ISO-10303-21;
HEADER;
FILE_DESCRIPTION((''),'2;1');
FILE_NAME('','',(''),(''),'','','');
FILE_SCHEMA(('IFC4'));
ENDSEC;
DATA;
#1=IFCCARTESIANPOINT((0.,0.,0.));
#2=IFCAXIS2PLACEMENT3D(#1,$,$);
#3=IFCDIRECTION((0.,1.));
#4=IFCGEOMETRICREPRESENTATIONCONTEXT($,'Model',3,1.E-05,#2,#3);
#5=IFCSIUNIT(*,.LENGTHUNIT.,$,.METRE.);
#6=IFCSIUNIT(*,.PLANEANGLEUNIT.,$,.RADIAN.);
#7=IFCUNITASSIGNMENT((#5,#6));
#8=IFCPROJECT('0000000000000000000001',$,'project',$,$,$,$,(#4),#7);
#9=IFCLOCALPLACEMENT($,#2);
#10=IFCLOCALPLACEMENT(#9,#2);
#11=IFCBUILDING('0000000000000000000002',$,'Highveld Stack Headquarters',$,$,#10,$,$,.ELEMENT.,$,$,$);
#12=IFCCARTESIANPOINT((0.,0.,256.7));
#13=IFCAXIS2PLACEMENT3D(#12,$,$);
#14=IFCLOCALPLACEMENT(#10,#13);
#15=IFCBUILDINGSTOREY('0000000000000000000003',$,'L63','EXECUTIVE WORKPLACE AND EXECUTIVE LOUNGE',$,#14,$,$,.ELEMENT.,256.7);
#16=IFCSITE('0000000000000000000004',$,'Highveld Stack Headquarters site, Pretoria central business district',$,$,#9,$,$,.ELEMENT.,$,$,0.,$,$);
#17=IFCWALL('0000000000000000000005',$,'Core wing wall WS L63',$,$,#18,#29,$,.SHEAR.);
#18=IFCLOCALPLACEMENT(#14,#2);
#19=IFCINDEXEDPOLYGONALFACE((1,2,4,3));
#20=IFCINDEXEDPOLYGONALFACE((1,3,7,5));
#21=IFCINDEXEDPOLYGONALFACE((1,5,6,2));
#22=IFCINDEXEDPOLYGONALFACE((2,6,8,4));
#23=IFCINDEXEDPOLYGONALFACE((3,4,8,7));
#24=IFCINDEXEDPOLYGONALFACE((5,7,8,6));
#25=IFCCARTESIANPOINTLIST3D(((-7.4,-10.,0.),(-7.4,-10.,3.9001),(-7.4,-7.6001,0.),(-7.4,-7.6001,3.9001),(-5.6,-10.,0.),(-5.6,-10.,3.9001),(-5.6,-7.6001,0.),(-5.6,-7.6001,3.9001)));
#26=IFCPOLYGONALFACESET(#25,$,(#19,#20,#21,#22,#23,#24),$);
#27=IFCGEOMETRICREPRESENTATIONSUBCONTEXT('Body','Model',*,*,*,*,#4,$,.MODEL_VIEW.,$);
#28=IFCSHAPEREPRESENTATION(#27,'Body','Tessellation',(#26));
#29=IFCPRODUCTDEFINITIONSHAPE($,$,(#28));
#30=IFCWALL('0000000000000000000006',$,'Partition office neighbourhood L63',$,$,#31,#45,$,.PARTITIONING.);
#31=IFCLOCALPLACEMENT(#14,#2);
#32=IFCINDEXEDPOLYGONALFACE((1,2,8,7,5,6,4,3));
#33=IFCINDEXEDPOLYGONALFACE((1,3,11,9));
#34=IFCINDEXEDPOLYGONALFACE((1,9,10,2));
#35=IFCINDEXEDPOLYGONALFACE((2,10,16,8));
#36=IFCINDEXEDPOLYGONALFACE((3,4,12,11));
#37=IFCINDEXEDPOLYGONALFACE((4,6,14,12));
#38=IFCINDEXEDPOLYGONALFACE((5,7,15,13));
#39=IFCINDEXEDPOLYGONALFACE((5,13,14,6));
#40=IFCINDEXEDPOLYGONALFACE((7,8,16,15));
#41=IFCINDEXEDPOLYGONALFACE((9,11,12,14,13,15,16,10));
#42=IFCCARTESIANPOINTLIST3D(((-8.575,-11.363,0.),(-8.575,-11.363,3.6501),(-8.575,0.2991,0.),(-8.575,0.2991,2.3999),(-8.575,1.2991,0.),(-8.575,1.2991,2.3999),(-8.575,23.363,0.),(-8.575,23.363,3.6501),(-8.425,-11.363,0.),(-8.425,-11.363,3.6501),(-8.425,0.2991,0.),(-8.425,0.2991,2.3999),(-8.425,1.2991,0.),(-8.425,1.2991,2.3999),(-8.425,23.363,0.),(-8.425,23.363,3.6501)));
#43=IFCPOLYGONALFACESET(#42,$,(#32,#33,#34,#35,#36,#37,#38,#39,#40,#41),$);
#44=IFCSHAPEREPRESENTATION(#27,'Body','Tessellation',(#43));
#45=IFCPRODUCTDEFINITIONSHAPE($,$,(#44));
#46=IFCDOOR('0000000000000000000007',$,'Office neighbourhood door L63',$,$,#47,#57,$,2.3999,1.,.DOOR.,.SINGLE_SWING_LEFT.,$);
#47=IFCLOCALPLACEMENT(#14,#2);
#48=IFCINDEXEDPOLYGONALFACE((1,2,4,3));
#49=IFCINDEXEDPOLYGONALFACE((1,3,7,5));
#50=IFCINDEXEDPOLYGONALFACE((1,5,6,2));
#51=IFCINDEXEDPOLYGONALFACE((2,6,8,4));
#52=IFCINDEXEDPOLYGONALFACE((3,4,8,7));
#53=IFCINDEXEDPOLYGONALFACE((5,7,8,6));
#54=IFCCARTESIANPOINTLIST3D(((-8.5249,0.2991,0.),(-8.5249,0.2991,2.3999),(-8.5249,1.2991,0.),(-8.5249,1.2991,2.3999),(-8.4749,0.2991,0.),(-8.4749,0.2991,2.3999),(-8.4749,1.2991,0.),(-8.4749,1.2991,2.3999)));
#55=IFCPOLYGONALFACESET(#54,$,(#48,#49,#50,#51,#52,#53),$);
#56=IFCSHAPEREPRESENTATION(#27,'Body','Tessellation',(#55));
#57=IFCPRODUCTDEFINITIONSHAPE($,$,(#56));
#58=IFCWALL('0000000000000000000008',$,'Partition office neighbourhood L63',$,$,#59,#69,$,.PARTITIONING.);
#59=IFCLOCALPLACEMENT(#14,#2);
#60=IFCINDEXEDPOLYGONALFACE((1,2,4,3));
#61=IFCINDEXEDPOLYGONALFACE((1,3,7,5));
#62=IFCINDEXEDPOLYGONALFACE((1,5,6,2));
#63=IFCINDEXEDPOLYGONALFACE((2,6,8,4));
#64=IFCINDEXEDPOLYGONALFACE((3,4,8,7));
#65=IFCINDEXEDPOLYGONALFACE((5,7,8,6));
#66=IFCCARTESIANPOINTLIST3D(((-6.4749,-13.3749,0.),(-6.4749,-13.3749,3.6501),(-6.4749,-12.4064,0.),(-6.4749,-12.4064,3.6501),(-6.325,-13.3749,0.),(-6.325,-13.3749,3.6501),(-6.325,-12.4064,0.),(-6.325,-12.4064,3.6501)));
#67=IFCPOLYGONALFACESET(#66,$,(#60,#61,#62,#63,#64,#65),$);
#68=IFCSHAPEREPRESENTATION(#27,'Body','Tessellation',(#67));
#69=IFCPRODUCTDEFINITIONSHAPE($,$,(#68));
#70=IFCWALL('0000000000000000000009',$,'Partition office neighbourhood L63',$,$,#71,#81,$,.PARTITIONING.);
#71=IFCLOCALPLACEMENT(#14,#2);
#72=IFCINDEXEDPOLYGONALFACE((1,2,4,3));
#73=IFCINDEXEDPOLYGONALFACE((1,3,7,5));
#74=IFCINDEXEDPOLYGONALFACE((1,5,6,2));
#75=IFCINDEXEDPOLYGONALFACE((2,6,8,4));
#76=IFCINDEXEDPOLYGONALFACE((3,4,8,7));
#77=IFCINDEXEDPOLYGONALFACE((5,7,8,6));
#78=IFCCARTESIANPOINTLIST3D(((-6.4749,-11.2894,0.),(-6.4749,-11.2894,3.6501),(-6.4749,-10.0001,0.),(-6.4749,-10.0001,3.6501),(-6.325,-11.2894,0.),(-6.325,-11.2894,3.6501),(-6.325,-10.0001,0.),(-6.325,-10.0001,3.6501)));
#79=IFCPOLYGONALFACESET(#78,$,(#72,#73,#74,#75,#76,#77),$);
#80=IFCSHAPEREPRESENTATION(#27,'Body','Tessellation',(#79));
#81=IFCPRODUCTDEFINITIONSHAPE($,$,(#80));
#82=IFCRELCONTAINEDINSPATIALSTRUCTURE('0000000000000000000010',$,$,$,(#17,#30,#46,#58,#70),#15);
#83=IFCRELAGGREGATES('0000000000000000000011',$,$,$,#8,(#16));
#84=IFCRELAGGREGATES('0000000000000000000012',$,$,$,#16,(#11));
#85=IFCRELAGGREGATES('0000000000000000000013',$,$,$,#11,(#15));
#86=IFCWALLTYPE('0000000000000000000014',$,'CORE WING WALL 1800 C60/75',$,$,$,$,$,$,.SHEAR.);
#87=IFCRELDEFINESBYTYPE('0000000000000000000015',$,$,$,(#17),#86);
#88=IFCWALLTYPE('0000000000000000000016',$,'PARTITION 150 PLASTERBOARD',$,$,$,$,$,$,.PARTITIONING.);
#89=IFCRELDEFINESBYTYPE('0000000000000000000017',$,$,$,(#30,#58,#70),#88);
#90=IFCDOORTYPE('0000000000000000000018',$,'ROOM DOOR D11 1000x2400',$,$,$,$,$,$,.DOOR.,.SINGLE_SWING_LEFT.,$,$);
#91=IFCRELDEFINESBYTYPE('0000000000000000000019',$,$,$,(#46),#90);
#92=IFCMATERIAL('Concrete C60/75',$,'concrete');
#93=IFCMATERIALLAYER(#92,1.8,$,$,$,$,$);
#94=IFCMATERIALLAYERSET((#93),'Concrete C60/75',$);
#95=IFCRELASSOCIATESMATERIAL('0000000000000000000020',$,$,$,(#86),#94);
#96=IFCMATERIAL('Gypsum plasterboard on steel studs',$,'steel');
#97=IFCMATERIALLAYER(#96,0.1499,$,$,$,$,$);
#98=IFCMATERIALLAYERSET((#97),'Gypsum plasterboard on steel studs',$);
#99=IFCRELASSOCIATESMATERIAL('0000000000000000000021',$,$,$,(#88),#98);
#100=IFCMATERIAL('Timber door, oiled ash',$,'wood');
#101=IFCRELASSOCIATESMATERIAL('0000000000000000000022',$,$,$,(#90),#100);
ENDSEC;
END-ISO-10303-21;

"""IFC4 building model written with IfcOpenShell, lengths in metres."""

from ifc_helpers import new_model, si_unit, direction, frame, frame_2d, origin, place, context, subcontext, project, spatial, rectangle, extrude, material, layer, layer_set, type_object, element, fill, save


model = new_model("IFC4")

# Units and contexts
model_context = context("Model", 3, precision=1e-05, world=origin(), true_north=direction((0.0, 1.0)))
body_context = subcontext(model_context, "Body", "Model", "MODEL_VIEW")
ifc_project = project(units=[si_unit("LENGTHUNIT", "METRE"), si_unit("PLANEANGLEUNIT", "RADIAN")], contexts=[model_context])

# Site, building, storey
site_placement = place(None, origin())
site = spatial("IfcSite", under=ifc_project, at=site_placement, Name="Highveld Stack Headquarters site, Pretoria central business district", CompositionType="ELEMENT", RefElevation=0.0)
building_placement = place(site_placement, origin())
building = spatial("IfcBuilding", under=site, at=building_placement, Name="Highveld Stack Headquarters", CompositionType="ELEMENT")
storey_placement = place(building_placement, frame((0.0, 0.0, 256.7)))
storey = spatial("IfcBuildingStorey", under=building, at=storey_placement, Name="L63", Description="EXECUTIVE WORKPLACE AND EXECUTIVE LOUNGE", CompositionType="ELEMENT", Elevation=256.7)

# Wall
ifc_material_1 = material(Name="Concrete C60/75", Category="concrete")
ifc_layer_1 = layer(ifc_material_1, 1.8)
ifc_layer_set_1 = layer_set([ifc_layer_1], Name="Concrete C60/75")
wall_type_1 = type_object("IfcWallType", Name="CORE WING WALL 1800 C60/75", PredefinedType="SHEAR", material=ifc_layer_set_1)
wall_1_placement = place(storey_placement, frame((-6.5, -10.0, 0.0), z_axis=(0.0, 0.0, 1.0), x_axis=(0.0, 1.0, 0.0)))
element("IfcWall", 1, at=wall_1_placement, inside=storey, type_object=wall_type_1, Name="Core wing wall WS L63", PredefinedType="SHEAR", context=body_context, shape_type="SweptSolid", body=[
    extrude(rectangle(XDim=2.3999, YDim=1.8, at=frame_2d((1.2, 0.0))), origin(), (0.0, 0.0, 1.0), 3.9001),
])

# Wall, opening, door
ifc_material_2 = material(Name="Gypsum plasterboard on steel studs", Category="steel")
ifc_layer_2 = layer(ifc_material_2, 0.1499)
ifc_layer_set_2 = layer_set([ifc_layer_2], Name="Gypsum plasterboard on steel studs")
wall_type_2 = type_object("IfcWallType", Name="PARTITION 150 PLASTERBOARD", PredefinedType="PARTITIONING", material=ifc_layer_set_2)
wall_2_placement = place(storey_placement, frame((-8.5, -11.363, 0.0), z_axis=(0.0, 0.0, 1.0), x_axis=(0.0, 1.0, 0.0)))
wall_2 = element("IfcWall", 2, at=wall_2_placement, inside=storey, type_object=wall_type_2, Name="Partition office neighbourhood L63", PredefinedType="PARTITIONING", context=body_context, shape_type="SweptSolid", body=[
    extrude(rectangle(XDim=34.7261, YDim=0.1499, at=frame_2d((17.363, 0.0))), origin(), (0.0, 0.0, 1.0), 3.6501),
])
opening_1_placement = place(wall_2_placement, frame((11.6621, 0.0, 0.0)))
opening_1 = element("IfcOpeningElement", 3, at=opening_1_placement, cuts=wall_2, PredefinedType="OPENING", context=body_context, shape_type="SweptSolid", body=[
    extrude(rectangle(XDim=1.0, YDim=2.3999, at=frame_2d((0.5, 1.2))), frame((0.0, 0.085, 0.0), z_axis=(0.0, -1.0, 0.0), x_axis=(1.0, 0.0, 0.0)), (0.0, 0.0, 1.0), 0.1699),
])
ifc_material_3 = material(Name="Timber door, oiled ash", Category="wood")
door_type_1 = type_object("IfcDoorType", Name="ROOM DOOR D11 1000x2400", OperationType="SINGLE_SWING_LEFT", PredefinedType="DOOR", material=ifc_material_3)
door_1_placement = place(opening_1_placement, origin())
door_1 = element("IfcDoor", 4, at=door_1_placement, inside=storey, type_object=door_type_1, Name="Office neighbourhood door L63", OperationType="SINGLE_SWING_LEFT", OverallHeight=2.3999, OverallWidth=1.0, PredefinedType="DOOR", context=body_context, shape_type="SweptSolid", body=[
    extrude(rectangle(XDim=1.0, YDim=2.3999, at=frame_2d((0.5, 1.2))), frame((0.0, 0.0249, 0.0), z_axis=(0.0, -1.0, 0.0), x_axis=(1.0, 0.0, 0.0)), (0.0, 0.0, 1.0), 0.05),
])
fill(opening_1, door_1)

# Walls
wall_3_placement = place(storey_placement, frame((-6.3999, -13.375, 0.0), z_axis=(0.0, 0.0, 1.0), x_axis=(0.0, 1.0, 0.0)))
element("IfcWall", 5, at=wall_3_placement, inside=storey, type_object=wall_type_2, Name="Partition office neighbourhood L63", PredefinedType="PARTITIONING", context=body_context, shape_type="SweptSolid", body=[
    extrude(rectangle(XDim=0.9685, YDim=0.1499, at=frame_2d((0.4844, 0.0))), origin(), (0.0, 0.0, 1.0), 3.6501),
])
wall_4_placement = place(storey_placement, frame((-6.3999, -11.2893, 0.0), z_axis=(0.0, 0.0, 1.0), x_axis=(0.0, 1.0, 0.0)))
element("IfcWall", 6, at=wall_4_placement, inside=storey, type_object=wall_type_2, Name="Partition office neighbourhood L63", PredefinedType="PARTITIONING", context=body_context, shape_type="SweptSolid", body=[
    extrude(rectangle(XDim=1.2893, YDim=0.1499, at=frame_2d((0.6445, 0.0))), origin(), (0.0, 0.0, 1.0), 3.6501),
])

save(model, "model.ifc")
